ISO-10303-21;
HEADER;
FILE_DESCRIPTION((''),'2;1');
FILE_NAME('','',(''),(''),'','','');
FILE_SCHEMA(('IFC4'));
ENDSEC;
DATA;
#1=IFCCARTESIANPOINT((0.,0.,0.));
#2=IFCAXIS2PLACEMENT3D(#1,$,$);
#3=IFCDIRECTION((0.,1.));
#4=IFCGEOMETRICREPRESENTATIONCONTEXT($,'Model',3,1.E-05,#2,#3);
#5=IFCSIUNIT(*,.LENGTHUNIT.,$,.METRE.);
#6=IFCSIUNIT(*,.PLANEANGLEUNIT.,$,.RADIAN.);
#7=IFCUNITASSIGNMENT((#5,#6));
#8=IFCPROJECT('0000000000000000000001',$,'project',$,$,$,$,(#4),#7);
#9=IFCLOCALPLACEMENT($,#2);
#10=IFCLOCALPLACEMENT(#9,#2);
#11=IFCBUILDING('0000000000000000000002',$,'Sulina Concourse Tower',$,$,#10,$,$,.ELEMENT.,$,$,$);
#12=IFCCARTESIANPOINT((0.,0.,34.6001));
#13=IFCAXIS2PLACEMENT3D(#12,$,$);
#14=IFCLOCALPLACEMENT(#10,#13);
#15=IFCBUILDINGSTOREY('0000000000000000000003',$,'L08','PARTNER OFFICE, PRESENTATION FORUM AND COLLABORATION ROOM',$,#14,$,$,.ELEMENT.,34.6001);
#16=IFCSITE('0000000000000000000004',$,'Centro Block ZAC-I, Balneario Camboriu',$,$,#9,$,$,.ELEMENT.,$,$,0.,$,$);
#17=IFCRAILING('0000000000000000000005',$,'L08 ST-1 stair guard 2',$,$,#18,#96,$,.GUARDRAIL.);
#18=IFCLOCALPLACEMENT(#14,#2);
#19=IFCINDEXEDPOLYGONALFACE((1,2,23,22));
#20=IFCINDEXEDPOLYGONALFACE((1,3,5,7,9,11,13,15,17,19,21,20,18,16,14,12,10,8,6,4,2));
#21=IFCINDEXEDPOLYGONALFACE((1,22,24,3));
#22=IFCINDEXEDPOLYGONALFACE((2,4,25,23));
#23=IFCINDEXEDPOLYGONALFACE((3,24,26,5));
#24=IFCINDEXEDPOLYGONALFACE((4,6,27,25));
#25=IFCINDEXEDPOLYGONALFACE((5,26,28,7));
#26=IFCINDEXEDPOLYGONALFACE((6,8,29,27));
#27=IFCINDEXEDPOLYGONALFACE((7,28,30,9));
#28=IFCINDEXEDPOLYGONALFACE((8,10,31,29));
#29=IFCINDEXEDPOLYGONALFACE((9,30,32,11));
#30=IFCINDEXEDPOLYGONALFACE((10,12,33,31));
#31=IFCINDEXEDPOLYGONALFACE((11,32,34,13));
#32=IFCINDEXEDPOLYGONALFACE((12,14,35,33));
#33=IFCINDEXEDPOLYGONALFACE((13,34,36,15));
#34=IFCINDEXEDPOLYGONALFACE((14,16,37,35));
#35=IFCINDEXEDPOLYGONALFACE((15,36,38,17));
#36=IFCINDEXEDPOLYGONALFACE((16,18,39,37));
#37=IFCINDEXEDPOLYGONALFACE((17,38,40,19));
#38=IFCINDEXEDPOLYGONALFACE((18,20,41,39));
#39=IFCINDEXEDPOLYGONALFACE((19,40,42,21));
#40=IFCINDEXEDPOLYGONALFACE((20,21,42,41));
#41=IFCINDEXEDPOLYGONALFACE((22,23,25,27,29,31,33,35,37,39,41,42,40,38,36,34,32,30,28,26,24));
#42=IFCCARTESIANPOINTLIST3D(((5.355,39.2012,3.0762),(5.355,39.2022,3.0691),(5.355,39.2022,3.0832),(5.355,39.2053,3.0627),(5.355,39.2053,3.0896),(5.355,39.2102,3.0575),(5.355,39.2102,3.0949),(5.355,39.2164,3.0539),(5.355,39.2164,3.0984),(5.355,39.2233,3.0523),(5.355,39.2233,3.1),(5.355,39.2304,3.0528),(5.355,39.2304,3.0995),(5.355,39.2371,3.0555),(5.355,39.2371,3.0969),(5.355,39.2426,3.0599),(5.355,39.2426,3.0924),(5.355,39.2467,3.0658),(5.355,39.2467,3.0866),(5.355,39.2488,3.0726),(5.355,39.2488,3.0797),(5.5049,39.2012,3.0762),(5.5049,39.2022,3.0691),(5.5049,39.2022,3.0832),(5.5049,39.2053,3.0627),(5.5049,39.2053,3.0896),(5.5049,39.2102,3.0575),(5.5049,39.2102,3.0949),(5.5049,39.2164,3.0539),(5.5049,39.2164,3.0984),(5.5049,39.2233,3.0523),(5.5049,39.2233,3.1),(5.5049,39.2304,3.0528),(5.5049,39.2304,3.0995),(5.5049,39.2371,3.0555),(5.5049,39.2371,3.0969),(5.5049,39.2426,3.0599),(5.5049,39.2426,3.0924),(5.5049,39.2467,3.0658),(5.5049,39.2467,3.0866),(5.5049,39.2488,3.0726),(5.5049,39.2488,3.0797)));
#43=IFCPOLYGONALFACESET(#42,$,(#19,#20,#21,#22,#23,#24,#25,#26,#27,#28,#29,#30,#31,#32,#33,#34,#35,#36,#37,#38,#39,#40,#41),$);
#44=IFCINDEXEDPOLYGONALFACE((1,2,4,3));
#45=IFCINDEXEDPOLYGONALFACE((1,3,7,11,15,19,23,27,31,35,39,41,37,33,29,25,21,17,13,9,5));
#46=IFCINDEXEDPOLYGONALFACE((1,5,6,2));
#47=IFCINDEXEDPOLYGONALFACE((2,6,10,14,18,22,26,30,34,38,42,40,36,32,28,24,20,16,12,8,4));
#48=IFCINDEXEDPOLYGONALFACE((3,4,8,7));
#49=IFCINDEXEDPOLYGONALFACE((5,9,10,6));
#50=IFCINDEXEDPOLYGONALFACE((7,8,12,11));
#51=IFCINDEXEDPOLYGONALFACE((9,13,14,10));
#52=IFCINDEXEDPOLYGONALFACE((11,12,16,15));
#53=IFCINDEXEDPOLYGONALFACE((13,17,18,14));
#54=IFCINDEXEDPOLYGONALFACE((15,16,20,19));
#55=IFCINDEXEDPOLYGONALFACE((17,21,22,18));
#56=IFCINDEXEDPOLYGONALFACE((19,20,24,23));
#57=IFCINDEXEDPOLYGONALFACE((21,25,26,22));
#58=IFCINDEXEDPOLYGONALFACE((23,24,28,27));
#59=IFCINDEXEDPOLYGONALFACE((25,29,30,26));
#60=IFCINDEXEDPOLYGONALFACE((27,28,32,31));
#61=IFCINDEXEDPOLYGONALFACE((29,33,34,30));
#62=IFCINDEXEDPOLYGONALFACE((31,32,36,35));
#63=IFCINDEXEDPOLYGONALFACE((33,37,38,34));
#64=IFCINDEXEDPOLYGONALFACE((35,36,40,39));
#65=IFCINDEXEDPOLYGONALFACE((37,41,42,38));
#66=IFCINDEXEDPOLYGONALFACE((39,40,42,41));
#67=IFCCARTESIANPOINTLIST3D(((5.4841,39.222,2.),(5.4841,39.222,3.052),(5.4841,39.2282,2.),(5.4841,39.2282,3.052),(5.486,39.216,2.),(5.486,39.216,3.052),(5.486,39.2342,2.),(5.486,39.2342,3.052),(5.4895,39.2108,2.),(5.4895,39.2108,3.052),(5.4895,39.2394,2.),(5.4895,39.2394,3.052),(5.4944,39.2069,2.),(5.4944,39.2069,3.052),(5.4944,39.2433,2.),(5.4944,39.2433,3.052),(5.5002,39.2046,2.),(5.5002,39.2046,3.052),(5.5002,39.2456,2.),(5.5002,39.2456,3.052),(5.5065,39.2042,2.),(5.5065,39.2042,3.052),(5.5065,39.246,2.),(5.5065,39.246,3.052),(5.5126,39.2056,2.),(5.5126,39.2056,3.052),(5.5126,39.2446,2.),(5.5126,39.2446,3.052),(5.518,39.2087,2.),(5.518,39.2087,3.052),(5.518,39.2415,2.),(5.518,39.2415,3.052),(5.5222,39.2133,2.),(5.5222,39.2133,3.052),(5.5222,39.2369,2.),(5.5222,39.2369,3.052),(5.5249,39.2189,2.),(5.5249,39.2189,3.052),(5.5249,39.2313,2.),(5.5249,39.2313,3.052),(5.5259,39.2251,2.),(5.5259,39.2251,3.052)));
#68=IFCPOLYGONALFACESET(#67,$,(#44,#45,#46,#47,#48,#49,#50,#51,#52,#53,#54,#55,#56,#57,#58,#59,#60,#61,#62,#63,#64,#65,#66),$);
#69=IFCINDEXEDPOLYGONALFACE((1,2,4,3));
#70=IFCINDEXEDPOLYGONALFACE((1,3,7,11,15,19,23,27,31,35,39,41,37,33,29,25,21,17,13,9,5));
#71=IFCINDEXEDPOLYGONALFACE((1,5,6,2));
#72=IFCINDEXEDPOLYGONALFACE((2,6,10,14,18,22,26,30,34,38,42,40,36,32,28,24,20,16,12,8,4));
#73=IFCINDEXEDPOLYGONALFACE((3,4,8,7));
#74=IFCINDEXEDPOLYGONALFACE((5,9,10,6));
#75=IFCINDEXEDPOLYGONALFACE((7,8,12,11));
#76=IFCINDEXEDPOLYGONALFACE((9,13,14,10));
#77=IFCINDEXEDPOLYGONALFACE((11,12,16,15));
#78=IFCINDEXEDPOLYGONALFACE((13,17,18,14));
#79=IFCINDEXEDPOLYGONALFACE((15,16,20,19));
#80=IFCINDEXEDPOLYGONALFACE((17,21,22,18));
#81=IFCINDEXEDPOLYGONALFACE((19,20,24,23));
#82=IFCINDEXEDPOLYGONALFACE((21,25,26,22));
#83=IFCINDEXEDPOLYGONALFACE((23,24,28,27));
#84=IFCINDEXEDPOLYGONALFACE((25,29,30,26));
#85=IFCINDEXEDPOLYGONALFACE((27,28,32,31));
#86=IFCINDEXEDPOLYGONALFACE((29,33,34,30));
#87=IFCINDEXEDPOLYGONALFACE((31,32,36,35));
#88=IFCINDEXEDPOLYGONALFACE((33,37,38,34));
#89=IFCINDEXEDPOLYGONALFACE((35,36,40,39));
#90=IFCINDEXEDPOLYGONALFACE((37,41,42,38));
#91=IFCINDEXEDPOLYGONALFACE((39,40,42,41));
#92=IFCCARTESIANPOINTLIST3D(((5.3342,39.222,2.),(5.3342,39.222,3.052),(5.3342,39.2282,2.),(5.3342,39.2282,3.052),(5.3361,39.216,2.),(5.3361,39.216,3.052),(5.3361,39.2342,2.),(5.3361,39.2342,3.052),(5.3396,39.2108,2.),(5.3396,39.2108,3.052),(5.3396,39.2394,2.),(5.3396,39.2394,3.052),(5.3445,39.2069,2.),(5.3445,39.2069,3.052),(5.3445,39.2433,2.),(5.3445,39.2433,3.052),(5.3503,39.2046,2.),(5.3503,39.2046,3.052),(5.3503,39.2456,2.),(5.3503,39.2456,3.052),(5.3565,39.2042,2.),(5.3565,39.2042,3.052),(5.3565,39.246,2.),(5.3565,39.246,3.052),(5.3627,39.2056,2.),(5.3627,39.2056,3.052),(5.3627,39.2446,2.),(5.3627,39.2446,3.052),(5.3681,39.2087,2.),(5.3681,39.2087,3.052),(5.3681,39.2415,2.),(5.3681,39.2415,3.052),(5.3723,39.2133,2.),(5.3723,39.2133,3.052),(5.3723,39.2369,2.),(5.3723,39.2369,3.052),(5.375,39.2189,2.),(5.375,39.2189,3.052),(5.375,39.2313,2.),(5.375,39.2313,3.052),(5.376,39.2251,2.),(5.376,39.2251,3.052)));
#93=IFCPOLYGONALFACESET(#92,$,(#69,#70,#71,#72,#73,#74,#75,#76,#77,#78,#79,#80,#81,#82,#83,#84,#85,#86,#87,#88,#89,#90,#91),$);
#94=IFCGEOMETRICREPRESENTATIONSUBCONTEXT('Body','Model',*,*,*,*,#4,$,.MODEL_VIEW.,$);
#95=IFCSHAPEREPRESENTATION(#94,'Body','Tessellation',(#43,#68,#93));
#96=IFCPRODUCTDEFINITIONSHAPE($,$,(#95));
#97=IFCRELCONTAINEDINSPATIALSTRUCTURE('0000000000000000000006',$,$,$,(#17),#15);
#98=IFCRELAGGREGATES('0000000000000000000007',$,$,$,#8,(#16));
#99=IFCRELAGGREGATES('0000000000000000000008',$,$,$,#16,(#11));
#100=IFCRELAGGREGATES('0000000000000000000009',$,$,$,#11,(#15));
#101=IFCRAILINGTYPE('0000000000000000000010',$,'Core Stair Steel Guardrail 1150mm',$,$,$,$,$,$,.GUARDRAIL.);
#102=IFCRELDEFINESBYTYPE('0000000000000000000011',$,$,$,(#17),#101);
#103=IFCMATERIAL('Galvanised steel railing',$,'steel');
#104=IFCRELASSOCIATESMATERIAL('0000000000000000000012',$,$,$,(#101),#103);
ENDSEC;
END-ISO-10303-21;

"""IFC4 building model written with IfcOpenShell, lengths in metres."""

from ifc_helpers import new_model, si_unit, direction, frame, origin, origin_2d, place, context, subcontext, project, spatial, circle, extrude, material, type_object, element, save


model = new_model("IFC4")

# Units and contexts
model_context = context("Model", 3, precision=1e-05, world=origin(), true_north=direction((0.0, 1.0)))
body_context = subcontext(model_context, "Body", "Model", "MODEL_VIEW")
ifc_project = project(units=[si_unit("LENGTHUNIT", "METRE"), si_unit("PLANEANGLEUNIT", "RADIAN")], contexts=[model_context])

# Site, building, storey
site_placement = place(None, origin())
site = spatial("IfcSite", under=ifc_project, at=site_placement, Name="Centro Block ZAC-I, Balneario Camboriu", CompositionType="ELEMENT", RefElevation=0.0)
building_placement = place(site_placement, origin())
building = spatial("IfcBuilding", under=site, at=building_placement, Name="Sulina Concourse Tower", CompositionType="ELEMENT")
storey_placement = place(building_placement, frame((0.0, 0.0, 34.6001)))
storey = spatial("IfcBuildingStorey", under=building, at=storey_placement, Name="L08", Description="PARTNER OFFICE, PRESENTATION FORUM AND COLLABORATION ROOM", CompositionType="ELEMENT", Elevation=34.6001)

# Railing
ifc_material_1 = material(Name="Galvanised steel railing", Category="steel")
railing_type_1 = type_object("IfcRailingType", Name="Core Stair Steel Guardrail 1150mm", PredefinedType="GUARDRAIL", material=ifc_material_1)
railing_1_placement = place(storey_placement, frame((5.5049, 39.2251, 2.0)))
element("IfcRailing", 1, at=railing_1_placement, inside=storey, type_object=railing_type_1, Name="L08 ST-1 stair guard 2", PredefinedType="GUARDRAIL", context=body_context, shape_type="SweptSolid", body=[
    extrude(circle(Radius=0.0239, at=origin_2d()), frame((0.0, 0.0, 1.0762), z_axis=(-1.0, 0.0, 0.0), x_axis=(0.0, -1.0, 0.0)), (0.0, 0.0, 1.0), 0.1499),
    extrude(circle(Radius=0.021, at=origin_2d()), origin(), (0.0, 0.0, 1.0), 1.052),
    extrude(circle(Radius=0.021, at=origin_2d()), frame((-0.1499, 0.0, 0.0)), (0.0, 0.0, 1.0), 1.052),
])

save(model, "model.ifc")
